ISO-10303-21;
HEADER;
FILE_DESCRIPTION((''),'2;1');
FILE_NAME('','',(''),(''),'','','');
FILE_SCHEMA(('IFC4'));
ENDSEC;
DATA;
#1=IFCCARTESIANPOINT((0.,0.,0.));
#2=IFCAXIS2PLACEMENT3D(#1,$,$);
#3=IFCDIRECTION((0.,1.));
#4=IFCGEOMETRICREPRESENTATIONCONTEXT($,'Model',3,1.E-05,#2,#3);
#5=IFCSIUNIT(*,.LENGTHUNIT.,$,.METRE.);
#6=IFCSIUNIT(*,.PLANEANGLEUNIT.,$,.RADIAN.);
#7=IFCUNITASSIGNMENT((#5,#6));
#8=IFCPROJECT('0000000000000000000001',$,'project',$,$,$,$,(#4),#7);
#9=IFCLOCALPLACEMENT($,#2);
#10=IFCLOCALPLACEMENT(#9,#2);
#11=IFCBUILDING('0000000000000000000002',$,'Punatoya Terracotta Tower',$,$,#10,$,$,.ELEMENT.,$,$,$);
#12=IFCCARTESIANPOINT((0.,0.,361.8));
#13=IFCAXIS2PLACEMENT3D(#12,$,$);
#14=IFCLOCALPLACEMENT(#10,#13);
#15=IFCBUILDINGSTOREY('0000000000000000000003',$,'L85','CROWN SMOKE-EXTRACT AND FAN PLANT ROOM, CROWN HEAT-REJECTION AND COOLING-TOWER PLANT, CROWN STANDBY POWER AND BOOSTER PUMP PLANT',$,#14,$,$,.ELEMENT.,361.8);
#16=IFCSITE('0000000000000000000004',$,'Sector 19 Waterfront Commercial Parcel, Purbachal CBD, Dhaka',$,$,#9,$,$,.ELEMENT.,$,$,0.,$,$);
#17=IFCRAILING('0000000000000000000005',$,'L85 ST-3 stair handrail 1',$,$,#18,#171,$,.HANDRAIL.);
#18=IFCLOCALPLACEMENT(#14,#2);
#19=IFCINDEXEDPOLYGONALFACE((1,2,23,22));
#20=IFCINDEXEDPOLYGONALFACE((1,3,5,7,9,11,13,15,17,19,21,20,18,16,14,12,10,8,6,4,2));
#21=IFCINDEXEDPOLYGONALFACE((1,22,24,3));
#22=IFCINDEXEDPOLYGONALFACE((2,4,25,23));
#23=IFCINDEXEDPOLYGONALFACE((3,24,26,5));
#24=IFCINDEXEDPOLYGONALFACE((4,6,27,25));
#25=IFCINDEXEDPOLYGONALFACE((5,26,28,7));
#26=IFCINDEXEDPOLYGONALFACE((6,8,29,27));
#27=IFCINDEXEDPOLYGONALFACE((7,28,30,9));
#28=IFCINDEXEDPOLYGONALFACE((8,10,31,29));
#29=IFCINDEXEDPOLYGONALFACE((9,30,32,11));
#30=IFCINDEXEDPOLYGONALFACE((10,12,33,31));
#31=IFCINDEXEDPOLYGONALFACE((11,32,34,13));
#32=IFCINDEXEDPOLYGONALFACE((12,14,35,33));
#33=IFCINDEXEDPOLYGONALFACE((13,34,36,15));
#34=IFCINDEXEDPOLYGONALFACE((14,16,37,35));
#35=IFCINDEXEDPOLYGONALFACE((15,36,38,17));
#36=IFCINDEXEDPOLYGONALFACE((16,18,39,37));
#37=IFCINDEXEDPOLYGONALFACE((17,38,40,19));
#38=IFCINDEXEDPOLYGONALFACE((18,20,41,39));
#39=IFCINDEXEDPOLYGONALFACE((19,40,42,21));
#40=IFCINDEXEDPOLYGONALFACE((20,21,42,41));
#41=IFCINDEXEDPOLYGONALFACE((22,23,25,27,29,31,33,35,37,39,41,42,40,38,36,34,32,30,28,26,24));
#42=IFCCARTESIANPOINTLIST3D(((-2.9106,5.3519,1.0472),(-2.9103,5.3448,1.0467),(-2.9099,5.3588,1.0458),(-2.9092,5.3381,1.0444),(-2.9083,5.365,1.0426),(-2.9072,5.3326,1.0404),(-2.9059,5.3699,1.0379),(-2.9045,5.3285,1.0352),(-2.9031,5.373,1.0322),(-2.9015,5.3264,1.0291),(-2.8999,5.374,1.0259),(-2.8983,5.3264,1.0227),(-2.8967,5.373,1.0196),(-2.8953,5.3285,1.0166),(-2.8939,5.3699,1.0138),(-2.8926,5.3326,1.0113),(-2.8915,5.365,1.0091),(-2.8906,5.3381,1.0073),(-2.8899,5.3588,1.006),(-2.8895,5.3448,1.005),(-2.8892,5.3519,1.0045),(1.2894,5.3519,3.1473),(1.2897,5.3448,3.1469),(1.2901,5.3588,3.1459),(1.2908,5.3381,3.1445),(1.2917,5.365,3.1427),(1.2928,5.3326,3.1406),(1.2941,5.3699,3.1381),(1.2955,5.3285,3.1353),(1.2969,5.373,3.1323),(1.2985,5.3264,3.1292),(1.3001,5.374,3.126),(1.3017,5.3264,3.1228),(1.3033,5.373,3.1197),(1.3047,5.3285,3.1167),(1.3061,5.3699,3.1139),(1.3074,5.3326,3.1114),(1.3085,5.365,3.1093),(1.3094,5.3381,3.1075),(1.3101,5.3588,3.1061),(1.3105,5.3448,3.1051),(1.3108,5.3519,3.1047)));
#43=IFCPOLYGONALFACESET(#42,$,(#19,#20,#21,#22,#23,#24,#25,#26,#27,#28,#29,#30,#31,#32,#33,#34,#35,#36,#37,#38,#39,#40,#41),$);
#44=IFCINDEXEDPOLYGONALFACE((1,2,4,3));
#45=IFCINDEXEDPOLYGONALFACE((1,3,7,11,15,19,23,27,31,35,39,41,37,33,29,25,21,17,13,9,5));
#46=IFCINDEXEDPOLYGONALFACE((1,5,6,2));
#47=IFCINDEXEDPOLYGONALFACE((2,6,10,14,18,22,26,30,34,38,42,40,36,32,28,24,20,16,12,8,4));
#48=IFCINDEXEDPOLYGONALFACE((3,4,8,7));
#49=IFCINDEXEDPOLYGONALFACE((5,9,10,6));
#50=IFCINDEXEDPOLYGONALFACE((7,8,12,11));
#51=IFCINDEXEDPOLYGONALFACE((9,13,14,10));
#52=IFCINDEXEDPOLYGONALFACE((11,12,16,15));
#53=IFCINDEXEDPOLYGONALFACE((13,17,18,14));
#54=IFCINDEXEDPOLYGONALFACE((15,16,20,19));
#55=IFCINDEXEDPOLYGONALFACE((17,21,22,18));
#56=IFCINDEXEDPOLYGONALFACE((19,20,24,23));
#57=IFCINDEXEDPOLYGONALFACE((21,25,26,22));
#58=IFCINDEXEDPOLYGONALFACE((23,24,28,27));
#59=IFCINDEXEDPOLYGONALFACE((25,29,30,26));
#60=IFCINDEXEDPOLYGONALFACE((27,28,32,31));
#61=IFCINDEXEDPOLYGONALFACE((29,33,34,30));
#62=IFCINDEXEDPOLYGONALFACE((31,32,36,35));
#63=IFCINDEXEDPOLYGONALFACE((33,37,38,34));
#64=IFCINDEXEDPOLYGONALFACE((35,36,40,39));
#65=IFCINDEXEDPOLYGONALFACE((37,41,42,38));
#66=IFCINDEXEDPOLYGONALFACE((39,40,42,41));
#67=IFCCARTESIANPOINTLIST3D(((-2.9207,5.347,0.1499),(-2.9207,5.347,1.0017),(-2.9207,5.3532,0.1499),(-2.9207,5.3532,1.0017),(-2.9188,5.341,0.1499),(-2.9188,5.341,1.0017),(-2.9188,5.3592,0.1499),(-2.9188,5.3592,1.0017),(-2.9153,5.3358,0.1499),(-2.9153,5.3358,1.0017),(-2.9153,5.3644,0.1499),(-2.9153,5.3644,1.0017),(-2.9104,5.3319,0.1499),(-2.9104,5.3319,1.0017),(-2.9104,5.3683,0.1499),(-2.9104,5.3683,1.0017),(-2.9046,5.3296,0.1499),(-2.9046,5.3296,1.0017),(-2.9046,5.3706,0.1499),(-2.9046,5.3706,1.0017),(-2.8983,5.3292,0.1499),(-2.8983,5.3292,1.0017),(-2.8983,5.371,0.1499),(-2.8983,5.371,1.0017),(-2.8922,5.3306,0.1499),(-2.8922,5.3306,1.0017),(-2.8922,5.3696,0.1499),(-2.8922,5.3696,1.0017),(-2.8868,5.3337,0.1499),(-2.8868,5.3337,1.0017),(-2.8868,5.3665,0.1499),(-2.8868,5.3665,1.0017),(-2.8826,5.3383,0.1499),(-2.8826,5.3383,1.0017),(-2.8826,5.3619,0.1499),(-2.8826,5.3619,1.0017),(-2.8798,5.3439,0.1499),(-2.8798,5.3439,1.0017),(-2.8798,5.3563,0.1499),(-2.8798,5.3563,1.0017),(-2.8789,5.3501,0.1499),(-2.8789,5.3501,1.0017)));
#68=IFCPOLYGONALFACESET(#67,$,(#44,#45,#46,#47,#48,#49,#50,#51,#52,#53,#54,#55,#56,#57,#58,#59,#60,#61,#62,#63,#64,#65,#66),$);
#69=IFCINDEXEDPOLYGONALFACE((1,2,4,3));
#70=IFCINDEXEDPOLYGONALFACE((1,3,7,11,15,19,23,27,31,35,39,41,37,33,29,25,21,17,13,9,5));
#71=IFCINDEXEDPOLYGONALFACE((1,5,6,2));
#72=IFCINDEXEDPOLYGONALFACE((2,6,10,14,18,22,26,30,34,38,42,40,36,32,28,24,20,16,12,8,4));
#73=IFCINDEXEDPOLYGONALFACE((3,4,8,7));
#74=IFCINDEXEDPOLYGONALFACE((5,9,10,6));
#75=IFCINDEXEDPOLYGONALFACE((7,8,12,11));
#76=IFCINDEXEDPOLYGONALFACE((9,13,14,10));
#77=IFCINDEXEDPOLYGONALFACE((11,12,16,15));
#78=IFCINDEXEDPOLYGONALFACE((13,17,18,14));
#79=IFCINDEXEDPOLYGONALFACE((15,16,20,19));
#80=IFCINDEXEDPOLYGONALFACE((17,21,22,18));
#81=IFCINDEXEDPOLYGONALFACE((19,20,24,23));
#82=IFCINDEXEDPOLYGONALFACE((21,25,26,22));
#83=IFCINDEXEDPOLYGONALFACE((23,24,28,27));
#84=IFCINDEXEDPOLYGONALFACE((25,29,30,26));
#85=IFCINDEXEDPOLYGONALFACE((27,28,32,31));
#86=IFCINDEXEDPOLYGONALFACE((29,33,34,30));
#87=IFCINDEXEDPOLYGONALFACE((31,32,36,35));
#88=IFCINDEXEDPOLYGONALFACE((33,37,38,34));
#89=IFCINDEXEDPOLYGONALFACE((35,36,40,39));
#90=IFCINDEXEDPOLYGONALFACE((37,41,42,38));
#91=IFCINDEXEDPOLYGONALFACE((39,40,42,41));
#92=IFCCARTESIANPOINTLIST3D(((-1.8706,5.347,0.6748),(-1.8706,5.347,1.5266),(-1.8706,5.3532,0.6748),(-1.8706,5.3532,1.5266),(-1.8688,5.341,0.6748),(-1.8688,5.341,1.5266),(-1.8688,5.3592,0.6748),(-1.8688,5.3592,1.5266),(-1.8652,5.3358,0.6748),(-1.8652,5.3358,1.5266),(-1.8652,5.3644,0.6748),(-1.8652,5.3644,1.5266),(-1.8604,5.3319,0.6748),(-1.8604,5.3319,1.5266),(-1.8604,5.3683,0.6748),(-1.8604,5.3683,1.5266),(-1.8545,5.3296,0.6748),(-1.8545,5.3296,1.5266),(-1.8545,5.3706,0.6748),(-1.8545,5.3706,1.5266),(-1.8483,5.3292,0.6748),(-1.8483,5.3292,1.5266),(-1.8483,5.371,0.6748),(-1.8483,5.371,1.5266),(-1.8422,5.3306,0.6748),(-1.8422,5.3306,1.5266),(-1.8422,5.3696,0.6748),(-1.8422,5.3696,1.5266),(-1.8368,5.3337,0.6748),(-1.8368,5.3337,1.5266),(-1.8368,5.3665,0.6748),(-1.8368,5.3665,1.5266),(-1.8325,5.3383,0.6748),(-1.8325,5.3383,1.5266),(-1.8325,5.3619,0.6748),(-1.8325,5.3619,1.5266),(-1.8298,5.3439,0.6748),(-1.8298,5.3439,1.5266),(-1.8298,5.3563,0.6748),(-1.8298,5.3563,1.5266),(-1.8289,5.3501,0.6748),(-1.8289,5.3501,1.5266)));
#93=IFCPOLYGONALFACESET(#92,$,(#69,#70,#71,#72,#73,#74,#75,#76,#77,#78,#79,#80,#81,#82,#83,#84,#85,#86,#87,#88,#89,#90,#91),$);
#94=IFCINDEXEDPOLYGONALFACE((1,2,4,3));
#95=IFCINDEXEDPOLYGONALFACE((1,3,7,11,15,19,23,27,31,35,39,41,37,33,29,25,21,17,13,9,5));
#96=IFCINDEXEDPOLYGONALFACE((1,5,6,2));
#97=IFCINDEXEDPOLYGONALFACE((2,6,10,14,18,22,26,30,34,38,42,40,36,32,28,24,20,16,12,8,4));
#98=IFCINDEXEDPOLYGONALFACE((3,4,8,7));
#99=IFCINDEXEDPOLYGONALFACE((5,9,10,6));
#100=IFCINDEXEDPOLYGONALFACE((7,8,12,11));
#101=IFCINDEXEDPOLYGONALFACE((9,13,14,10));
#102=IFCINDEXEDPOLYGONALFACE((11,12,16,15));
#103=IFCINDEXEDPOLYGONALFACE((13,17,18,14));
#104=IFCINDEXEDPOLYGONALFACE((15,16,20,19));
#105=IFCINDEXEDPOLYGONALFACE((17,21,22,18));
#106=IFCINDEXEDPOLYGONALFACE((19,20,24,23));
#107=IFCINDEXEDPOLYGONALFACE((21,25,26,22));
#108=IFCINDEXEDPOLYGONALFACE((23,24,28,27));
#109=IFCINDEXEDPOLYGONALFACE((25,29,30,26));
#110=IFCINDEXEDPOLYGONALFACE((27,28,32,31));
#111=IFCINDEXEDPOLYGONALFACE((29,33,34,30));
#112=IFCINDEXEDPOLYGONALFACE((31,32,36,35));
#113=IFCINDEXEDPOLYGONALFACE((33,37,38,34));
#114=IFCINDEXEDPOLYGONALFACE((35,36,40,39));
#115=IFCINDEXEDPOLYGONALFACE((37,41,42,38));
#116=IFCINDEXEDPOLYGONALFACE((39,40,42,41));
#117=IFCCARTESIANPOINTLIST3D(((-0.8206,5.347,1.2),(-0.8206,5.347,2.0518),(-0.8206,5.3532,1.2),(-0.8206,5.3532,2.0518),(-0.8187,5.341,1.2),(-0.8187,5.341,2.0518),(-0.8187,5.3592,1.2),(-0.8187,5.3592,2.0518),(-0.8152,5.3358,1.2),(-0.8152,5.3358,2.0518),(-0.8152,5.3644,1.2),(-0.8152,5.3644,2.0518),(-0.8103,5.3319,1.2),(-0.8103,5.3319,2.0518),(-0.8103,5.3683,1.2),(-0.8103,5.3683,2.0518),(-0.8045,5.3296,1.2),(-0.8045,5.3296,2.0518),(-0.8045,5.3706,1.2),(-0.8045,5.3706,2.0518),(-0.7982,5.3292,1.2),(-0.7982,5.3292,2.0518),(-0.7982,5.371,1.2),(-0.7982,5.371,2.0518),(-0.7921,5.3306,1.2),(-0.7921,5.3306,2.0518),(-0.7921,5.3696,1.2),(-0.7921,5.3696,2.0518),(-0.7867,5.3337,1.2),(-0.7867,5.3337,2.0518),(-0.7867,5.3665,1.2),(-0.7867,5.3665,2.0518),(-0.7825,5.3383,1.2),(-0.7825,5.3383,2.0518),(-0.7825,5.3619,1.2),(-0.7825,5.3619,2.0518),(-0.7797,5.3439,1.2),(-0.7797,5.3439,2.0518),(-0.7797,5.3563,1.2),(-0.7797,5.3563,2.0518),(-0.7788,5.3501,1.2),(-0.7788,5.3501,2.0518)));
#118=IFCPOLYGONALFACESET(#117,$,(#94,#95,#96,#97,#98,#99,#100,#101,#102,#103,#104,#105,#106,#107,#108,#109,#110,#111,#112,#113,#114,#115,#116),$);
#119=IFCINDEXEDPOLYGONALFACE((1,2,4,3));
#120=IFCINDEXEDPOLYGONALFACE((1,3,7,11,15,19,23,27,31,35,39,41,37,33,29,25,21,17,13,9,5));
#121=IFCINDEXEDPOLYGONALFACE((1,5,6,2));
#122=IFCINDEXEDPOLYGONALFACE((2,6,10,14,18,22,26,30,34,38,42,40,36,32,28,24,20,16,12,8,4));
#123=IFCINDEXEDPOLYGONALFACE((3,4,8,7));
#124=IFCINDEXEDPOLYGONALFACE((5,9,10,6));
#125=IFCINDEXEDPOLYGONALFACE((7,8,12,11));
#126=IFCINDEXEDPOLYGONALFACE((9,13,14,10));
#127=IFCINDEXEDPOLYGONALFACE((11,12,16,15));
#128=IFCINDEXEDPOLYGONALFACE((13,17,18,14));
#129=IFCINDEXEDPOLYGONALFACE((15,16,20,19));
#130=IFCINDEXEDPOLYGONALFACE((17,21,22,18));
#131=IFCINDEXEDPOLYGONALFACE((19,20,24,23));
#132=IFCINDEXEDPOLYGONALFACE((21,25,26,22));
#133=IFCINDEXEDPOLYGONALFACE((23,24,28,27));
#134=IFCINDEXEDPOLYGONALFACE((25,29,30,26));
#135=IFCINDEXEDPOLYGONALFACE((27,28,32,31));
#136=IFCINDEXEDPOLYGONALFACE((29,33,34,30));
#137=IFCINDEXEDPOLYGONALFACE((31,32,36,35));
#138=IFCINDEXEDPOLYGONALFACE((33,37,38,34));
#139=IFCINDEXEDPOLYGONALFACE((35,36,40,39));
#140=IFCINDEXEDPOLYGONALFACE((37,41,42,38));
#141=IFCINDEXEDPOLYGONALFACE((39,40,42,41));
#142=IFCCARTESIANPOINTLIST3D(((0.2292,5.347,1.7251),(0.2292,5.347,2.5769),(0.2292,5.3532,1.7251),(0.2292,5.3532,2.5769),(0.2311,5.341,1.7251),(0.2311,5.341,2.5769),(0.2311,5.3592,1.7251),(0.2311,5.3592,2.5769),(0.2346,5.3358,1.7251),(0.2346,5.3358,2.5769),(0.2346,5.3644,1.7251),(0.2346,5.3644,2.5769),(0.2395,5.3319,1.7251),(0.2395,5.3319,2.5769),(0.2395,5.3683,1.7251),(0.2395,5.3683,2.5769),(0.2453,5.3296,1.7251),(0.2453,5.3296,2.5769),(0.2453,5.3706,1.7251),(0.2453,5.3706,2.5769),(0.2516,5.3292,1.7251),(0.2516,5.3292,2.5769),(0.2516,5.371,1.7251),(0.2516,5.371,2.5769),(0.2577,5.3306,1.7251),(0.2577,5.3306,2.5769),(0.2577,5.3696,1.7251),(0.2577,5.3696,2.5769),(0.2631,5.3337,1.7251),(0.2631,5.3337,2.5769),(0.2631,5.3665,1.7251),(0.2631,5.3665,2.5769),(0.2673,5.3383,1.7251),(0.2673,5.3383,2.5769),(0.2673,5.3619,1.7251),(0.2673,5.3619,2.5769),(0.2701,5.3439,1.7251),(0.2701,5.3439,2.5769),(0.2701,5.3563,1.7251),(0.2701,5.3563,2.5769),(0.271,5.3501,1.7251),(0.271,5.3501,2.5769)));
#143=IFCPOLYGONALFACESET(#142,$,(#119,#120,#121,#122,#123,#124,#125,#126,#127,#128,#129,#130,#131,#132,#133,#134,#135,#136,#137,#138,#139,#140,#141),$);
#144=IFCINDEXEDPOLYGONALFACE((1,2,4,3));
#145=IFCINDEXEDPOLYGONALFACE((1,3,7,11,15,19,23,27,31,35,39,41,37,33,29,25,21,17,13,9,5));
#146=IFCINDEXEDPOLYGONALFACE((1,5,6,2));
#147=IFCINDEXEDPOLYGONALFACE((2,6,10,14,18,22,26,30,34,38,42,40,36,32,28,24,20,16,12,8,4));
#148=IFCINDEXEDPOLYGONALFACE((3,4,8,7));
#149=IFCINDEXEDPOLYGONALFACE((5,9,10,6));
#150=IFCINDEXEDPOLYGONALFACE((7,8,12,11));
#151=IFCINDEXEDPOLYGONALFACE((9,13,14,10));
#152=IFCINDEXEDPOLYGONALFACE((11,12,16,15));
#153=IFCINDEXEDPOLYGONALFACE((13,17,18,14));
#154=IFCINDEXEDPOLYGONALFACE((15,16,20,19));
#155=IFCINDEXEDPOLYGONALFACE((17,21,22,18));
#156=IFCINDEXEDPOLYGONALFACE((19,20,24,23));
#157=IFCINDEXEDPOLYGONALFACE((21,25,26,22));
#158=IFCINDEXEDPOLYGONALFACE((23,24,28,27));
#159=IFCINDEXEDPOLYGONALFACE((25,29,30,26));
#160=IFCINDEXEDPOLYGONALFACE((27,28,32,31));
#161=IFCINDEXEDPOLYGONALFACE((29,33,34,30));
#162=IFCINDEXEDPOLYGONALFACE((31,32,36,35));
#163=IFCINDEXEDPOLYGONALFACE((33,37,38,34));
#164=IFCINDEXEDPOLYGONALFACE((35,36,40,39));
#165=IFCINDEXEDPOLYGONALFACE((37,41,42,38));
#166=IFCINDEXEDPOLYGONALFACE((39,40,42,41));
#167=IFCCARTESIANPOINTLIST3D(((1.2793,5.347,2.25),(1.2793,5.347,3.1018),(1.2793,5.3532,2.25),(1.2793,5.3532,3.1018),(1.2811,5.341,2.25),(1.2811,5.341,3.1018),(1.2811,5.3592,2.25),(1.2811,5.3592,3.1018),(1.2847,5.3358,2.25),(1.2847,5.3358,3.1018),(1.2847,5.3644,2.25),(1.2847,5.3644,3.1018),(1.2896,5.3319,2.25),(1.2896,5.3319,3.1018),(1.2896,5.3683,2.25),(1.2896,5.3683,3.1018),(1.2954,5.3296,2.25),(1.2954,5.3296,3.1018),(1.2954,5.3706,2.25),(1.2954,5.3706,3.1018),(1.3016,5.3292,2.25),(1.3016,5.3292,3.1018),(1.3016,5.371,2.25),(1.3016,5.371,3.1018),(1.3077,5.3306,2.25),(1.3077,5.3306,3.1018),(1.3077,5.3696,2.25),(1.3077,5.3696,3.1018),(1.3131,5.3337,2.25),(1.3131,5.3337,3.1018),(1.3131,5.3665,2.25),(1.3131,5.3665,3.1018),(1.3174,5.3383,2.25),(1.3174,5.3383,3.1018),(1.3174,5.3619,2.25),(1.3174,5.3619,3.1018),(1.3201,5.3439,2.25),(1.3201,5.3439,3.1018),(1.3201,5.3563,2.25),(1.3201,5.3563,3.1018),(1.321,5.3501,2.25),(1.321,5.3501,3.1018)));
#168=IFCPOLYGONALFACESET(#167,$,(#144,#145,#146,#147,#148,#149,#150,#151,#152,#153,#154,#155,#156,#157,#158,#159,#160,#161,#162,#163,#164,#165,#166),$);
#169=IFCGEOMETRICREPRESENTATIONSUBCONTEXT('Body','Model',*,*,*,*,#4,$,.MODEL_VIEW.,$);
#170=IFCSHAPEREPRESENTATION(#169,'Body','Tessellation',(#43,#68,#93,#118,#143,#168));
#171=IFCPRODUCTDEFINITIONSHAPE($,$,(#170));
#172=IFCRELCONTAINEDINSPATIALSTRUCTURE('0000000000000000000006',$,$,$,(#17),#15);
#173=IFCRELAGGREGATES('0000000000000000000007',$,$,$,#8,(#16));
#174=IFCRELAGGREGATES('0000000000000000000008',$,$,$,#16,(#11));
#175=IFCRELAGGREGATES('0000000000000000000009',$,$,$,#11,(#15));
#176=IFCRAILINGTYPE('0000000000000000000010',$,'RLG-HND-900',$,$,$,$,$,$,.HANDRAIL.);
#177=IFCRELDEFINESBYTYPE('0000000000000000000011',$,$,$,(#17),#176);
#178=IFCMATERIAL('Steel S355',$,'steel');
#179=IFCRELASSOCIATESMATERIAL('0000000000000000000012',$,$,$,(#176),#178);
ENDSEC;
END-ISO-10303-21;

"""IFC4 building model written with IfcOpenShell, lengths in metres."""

from ifc_helpers import new_model, si_unit, direction, frame, origin, origin_2d, place, context, subcontext, project, spatial, circle, extrude, material, type_object, element, save


model = new_model("IFC4")

# Units and contexts
model_context = context("Model", 3, precision=1e-05, world=origin(), true_north=direction((0.0, 1.0)))
body_context = subcontext(model_context, "Body", "Model", "MODEL_VIEW")
ifc_project = project(units=[si_unit("LENGTHUNIT", "METRE"), si_unit("PLANEANGLEUNIT", "RADIAN")], contexts=[model_context])

# Site, building, storey
site_placement = place(None, origin())
site = spatial("IfcSite", under=ifc_project, at=site_placement, Name="Sector 19 Waterfront Commercial Parcel, Purbachal CBD, Dhaka", CompositionType="ELEMENT", RefElevation=0.0)
building_placement = place(site_placement, origin())
building = spatial("IfcBuilding", under=site, at=building_placement, Name="Punatoya Terracotta Tower", CompositionType="ELEMENT")
storey_placement = place(building_placement, frame((0.0, 0.0, 361.8)))
storey = spatial("IfcBuildingStorey", under=building, at=storey_placement, Name="L85", Description="CROWN SMOKE-EXTRACT AND FAN PLANT ROOM, CROWN HEAT-REJECTION AND COOLING-TOWER PLANT, CROWN STANDBY POWER AND BOOSTER PUMP PLANT", CompositionType="ELEMENT", Elevation=361.8)

# Shared definitions
ifc_material_1 = material(Name="Steel S355", Category="steel")

# Railing
railing_type_1 = type_object("IfcRailingType", Name="RLG-HND-900", PredefinedType="HANDRAIL", material=ifc_material_1)
railing_1_placement = place(storey_placement, frame((-2.8999, 5.3501, 0.1499)))
element("IfcRailing", 1, at=railing_1_placement, inside=storey, type_object=railing_type_1, Name="L85 ST-3 stair handrail 1", PredefinedType="HANDRAIL", context=body_context, shape_type="SweptSolid", body=[
    extrude(circle(Radius=0.0239, at=origin_2d()), frame((0.0, 0.0, 0.876), z_axis=(0.894417, 0.0, 0.447234), x_axis=(0.0, 1.0, 0.0)), (0.0, 0.0, 1.0), 4.6958),
    extrude(circle(Radius=0.021, at=origin_2d()), origin(), (0.0, 0.0, 1.0), 0.8518),
    extrude(circle(Radius=0.021, at=origin_2d()), frame((1.05, 0.0, 0.5249)), (0.0, 0.0, 1.0), 0.8518),
    extrude(circle(Radius=0.021, at=origin_2d()), frame((2.1001, 0.0, 1.05)), (0.0, 0.0, 1.0), 0.8518),
    extrude(circle(Radius=0.021, at=origin_2d()), frame((3.1499, 0.0, 1.5752)), (0.0, 0.0, 1.0), 0.8518),
    extrude(circle(Radius=0.021, at=origin_2d()), frame((4.2, 0.0, 2.1001)), (0.0, 0.0, 1.0), 0.8518),
])

save(model, "model.ifc")
